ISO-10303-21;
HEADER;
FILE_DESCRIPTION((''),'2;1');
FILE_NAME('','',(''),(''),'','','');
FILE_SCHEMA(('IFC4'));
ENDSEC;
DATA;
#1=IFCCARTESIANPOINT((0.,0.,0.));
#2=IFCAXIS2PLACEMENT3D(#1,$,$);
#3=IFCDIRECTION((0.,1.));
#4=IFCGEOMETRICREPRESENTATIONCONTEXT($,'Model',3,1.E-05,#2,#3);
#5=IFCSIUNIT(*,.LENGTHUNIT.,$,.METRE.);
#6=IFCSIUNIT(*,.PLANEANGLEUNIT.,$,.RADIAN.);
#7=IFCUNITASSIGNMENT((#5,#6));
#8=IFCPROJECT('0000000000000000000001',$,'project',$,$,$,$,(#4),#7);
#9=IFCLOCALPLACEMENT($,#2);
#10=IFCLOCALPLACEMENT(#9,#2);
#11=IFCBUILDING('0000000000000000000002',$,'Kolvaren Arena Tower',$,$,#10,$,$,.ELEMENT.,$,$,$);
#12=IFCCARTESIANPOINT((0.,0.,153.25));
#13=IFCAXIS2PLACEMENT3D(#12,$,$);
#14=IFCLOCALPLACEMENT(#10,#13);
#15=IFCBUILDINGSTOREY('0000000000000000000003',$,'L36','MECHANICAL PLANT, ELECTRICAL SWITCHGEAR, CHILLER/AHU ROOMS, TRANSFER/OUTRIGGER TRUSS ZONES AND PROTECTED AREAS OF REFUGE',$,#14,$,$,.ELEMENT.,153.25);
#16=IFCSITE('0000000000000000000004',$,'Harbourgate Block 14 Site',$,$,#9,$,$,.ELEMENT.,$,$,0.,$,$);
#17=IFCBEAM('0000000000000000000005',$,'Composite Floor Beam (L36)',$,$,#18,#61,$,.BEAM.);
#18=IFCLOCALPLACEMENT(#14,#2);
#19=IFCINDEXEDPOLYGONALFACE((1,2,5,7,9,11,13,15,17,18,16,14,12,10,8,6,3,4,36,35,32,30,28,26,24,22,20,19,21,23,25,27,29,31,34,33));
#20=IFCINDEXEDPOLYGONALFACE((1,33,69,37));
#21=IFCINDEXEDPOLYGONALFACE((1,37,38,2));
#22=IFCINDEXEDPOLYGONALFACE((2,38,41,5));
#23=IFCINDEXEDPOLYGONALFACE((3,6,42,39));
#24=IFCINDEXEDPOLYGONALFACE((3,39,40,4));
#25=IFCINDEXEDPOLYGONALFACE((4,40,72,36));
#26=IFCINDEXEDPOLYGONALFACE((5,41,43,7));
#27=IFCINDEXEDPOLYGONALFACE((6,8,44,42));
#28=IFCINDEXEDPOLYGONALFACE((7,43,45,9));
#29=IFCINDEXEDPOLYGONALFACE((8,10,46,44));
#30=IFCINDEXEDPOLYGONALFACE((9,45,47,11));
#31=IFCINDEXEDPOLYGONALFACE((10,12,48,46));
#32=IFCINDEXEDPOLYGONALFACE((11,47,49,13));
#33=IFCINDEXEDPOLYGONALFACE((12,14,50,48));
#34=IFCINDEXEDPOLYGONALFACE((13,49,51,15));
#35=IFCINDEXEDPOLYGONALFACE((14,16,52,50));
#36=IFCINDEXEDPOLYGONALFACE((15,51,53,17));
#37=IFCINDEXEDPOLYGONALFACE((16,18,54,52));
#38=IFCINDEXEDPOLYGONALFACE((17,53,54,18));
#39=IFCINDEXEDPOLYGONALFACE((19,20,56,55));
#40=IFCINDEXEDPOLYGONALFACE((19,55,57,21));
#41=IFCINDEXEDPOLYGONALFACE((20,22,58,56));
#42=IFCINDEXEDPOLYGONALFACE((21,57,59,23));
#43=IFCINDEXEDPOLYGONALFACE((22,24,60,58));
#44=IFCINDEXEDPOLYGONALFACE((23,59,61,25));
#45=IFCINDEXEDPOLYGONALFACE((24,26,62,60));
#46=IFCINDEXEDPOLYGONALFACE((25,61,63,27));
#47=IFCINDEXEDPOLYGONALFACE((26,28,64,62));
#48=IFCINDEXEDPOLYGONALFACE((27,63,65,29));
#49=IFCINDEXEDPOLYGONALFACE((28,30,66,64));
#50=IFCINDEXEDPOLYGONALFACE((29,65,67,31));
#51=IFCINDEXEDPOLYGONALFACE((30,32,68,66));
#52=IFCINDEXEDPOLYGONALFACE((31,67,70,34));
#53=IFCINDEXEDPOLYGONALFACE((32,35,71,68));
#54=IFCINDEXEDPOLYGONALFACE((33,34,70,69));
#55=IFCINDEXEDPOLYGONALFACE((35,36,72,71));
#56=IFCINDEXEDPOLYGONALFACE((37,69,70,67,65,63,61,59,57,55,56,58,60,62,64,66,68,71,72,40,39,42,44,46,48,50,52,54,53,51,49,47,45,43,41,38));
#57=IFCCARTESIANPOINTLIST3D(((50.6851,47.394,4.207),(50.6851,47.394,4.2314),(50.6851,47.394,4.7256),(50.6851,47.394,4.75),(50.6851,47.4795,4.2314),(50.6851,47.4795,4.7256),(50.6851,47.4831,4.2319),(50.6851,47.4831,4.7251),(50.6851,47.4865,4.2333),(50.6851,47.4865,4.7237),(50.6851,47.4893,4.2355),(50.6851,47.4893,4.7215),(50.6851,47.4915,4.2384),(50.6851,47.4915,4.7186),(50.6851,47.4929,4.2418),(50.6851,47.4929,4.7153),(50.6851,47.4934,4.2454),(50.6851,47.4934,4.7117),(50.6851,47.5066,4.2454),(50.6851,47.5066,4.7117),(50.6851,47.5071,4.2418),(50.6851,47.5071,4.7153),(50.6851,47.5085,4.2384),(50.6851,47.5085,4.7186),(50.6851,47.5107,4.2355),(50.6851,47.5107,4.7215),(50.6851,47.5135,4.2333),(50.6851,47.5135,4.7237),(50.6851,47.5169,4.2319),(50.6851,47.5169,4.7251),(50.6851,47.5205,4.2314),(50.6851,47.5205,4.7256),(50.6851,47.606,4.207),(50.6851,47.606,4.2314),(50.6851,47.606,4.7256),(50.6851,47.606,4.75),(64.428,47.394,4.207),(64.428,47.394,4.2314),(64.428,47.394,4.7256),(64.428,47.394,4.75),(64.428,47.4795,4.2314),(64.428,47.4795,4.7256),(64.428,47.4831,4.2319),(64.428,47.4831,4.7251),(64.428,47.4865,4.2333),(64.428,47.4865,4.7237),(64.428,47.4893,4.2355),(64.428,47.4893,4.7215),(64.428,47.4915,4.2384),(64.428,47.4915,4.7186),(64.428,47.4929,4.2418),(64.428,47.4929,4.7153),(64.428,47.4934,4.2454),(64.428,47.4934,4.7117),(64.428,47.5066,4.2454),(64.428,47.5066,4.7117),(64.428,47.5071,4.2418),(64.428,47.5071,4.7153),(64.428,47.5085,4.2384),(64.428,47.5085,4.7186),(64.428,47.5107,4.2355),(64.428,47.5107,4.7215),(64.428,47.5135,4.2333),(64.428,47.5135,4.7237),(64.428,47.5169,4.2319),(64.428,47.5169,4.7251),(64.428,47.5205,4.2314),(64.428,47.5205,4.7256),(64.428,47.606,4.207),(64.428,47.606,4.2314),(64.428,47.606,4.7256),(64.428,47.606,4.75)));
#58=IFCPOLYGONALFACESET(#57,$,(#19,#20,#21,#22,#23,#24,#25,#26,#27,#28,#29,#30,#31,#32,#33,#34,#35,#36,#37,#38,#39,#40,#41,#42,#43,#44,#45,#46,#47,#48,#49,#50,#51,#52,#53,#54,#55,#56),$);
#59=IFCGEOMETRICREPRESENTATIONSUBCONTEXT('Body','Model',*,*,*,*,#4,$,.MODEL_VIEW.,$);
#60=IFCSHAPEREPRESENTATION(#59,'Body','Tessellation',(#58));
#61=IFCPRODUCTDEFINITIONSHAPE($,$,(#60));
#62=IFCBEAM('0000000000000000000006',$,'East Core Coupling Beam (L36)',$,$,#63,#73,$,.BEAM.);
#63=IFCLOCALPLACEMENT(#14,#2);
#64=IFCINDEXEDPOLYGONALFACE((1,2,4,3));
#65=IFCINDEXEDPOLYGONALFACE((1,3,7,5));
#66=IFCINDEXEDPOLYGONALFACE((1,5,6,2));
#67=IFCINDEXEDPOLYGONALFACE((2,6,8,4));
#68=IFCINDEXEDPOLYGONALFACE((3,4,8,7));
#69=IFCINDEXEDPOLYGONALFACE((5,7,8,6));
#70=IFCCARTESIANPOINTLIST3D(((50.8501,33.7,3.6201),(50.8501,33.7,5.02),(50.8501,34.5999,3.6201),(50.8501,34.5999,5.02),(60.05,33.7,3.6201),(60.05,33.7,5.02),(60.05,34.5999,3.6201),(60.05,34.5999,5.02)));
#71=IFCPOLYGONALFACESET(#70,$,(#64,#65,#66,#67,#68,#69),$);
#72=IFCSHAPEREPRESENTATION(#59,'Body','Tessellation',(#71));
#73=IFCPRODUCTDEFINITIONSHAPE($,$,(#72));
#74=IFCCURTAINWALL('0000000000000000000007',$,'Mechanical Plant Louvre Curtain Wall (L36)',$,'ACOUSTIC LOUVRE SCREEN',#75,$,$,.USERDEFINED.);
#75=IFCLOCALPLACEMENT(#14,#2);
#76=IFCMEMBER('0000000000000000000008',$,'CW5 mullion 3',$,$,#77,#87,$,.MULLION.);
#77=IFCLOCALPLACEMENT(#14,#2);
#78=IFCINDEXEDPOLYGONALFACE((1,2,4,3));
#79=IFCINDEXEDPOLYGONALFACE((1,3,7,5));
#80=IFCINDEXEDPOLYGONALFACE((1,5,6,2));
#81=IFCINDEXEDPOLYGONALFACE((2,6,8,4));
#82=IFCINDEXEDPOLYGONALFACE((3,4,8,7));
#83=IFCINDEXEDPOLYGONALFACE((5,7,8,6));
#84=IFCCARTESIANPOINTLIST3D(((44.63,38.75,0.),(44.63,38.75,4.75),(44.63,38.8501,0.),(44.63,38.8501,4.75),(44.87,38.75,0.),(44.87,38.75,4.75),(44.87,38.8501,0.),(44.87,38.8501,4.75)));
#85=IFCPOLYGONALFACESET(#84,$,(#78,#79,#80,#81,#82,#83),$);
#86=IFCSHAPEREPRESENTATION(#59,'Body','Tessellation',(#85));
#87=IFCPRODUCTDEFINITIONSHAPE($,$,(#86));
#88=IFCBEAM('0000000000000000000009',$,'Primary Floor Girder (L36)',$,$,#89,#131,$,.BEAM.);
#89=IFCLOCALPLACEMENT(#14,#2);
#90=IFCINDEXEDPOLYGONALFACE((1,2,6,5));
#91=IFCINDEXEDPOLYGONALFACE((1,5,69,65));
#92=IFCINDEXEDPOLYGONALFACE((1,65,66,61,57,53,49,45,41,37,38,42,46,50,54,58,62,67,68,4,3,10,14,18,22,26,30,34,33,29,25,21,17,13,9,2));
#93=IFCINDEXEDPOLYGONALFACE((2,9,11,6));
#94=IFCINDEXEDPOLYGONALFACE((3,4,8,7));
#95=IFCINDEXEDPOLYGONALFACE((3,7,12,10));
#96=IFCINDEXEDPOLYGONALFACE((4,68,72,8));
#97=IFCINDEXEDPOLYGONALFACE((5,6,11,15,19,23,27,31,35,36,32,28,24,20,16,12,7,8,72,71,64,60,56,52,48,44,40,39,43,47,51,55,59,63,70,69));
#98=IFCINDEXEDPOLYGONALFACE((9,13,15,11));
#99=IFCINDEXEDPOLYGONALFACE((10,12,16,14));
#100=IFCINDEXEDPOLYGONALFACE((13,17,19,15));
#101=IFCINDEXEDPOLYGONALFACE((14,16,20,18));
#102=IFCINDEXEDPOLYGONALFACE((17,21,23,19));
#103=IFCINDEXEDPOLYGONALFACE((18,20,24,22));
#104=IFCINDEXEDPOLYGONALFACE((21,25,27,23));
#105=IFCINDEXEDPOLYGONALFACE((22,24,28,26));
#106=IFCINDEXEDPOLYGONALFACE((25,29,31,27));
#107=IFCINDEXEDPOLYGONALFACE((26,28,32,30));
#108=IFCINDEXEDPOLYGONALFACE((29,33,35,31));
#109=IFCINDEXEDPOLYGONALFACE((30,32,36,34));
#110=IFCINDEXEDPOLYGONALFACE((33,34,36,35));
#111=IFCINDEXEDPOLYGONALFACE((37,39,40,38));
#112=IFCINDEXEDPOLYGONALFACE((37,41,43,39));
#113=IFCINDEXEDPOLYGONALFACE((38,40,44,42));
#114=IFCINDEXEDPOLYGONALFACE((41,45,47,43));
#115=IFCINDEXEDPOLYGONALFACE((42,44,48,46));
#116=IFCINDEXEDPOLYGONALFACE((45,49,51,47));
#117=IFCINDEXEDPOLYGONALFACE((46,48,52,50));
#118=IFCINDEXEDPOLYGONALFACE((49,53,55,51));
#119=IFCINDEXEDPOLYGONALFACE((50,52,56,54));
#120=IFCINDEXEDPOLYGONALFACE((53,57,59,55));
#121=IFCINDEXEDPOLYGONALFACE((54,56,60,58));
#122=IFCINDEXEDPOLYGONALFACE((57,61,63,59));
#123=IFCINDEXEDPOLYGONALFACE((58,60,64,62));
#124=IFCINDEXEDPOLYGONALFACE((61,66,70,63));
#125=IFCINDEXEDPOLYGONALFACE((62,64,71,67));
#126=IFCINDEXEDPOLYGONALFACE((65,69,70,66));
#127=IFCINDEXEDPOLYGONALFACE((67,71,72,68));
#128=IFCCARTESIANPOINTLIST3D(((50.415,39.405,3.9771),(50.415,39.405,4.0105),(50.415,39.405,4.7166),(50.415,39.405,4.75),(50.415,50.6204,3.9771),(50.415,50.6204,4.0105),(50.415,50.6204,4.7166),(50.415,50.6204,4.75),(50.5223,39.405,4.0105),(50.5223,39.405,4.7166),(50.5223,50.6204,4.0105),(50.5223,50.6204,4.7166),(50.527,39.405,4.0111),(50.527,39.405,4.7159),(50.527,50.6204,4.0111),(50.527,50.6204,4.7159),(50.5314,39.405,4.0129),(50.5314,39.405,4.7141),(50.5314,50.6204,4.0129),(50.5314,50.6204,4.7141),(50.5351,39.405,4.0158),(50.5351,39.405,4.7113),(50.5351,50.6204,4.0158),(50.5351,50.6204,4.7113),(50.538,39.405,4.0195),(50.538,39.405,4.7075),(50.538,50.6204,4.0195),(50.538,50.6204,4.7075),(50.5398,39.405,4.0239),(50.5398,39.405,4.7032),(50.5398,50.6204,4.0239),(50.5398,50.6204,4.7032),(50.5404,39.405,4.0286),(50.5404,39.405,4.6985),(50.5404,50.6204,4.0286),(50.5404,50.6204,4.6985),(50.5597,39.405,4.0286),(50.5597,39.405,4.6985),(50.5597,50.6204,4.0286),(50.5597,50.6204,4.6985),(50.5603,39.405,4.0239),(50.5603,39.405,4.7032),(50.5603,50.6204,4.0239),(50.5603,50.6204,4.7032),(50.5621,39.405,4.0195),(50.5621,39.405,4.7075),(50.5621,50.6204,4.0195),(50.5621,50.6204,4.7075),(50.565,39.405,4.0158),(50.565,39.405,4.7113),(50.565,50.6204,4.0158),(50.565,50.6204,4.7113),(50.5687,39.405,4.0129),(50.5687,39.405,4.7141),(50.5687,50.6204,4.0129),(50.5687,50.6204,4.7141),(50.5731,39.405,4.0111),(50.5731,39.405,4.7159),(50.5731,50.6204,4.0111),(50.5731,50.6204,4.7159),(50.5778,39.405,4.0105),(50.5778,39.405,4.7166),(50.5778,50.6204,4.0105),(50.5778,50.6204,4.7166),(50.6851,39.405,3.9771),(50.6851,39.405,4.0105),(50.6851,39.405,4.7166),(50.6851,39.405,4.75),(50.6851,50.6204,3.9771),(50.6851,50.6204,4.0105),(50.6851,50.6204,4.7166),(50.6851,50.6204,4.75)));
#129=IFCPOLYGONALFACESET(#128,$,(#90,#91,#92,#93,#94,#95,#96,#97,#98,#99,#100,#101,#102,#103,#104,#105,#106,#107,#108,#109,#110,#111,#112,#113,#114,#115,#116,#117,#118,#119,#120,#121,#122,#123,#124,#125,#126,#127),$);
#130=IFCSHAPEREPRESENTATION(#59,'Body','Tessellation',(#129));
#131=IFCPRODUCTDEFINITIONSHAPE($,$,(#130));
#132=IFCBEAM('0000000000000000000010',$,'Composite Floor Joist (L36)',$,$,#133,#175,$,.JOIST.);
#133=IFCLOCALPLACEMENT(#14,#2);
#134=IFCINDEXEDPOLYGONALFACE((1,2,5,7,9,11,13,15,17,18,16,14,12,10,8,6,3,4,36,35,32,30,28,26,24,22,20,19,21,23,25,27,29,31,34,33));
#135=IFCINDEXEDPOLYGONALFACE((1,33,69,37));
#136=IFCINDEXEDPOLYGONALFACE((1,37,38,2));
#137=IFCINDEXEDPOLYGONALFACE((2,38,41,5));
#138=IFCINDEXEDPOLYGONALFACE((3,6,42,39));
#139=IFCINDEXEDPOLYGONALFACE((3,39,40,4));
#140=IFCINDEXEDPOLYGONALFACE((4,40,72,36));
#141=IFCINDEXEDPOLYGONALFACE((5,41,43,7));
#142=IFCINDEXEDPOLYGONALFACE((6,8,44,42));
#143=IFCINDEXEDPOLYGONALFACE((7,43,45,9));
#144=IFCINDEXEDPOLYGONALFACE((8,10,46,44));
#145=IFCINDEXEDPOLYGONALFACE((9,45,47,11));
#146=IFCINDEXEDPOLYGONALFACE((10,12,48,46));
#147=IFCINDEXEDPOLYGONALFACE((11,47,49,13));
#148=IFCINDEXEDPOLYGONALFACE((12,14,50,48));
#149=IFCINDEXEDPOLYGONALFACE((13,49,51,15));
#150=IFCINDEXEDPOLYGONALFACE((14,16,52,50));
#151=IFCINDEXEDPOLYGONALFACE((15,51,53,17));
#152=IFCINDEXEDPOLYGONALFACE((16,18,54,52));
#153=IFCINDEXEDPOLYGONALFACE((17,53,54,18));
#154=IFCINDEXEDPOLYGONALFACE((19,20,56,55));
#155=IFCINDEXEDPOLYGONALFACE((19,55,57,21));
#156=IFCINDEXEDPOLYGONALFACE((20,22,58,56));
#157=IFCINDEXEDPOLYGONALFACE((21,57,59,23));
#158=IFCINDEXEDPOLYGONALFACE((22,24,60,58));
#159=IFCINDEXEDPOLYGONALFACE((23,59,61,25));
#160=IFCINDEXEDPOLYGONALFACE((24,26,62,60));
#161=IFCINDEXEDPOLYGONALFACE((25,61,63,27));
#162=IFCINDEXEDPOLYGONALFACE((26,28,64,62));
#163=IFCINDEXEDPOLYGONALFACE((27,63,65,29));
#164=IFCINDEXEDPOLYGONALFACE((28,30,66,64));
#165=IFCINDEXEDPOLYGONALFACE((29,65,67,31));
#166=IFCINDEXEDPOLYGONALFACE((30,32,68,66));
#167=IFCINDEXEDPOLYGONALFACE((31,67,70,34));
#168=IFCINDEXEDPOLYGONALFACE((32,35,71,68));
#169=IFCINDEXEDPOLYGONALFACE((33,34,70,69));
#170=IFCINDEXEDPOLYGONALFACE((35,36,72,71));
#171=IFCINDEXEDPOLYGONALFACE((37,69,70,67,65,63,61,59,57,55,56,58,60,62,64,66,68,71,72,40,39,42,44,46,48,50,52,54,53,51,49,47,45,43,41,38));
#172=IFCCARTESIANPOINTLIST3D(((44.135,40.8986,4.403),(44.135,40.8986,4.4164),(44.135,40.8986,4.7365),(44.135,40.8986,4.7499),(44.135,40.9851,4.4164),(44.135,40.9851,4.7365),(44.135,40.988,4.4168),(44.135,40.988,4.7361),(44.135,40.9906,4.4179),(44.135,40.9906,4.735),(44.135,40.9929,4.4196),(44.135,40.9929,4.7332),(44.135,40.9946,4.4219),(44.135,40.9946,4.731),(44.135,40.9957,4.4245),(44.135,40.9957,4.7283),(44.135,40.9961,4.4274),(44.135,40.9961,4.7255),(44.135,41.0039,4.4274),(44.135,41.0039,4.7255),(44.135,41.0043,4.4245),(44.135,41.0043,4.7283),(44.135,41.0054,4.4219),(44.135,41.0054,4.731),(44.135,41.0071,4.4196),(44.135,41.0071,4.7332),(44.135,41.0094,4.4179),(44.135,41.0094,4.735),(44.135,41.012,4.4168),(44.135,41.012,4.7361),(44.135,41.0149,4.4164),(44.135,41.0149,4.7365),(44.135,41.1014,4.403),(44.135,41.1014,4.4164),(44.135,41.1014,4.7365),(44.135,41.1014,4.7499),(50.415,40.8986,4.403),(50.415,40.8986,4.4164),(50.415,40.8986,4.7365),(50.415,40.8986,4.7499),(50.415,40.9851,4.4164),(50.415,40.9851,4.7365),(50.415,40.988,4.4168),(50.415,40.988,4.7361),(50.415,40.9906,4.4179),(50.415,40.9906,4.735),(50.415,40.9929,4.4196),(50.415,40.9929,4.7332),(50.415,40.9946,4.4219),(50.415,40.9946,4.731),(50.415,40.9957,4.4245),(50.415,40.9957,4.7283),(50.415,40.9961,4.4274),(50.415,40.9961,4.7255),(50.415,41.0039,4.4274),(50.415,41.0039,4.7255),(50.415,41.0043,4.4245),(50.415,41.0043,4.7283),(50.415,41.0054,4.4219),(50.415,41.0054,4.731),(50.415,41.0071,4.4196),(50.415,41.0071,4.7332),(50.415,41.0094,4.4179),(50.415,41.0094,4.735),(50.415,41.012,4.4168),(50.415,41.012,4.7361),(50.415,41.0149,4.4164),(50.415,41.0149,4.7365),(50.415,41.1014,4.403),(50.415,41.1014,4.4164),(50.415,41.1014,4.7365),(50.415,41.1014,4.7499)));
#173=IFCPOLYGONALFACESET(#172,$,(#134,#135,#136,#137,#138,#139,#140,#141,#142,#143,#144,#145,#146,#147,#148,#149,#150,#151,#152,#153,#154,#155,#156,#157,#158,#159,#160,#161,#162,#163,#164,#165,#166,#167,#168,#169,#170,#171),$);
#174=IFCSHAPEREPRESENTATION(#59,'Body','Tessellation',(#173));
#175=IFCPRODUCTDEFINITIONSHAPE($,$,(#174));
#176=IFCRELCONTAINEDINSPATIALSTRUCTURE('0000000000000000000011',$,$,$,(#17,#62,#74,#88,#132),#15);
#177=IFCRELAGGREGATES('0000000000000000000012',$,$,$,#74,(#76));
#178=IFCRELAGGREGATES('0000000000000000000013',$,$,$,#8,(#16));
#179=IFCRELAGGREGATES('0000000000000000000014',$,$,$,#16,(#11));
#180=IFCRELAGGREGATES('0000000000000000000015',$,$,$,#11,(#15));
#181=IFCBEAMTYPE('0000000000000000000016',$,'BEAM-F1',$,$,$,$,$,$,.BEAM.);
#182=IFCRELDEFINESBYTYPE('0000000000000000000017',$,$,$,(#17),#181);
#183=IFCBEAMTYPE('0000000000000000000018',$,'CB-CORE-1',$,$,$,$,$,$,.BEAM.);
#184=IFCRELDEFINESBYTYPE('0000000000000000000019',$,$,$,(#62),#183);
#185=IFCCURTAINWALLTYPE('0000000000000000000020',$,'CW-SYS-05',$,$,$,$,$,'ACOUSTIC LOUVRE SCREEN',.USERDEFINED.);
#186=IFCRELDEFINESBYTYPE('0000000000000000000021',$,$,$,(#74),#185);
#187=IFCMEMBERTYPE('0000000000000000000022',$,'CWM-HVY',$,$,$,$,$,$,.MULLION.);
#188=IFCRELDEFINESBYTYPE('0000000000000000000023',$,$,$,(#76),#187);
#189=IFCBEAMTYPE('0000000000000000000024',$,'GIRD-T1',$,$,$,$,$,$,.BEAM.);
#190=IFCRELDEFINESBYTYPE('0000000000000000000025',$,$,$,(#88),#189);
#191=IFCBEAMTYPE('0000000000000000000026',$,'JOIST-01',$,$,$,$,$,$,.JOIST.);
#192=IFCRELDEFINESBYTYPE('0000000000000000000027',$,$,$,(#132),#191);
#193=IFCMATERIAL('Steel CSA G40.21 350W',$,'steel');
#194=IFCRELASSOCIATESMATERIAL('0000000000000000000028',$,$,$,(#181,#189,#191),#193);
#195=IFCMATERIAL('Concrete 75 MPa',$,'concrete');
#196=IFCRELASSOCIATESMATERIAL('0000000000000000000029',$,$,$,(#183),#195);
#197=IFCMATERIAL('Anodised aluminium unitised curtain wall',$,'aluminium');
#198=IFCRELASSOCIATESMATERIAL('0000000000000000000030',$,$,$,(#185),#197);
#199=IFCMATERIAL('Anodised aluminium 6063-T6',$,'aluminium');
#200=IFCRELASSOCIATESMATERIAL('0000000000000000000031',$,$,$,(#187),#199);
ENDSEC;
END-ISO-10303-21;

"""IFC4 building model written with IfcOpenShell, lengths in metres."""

from ifc_helpers import new_model, si_unit, direction, frame, origin, origin_2d, place, context, subcontext, project, spatial, rectangle, i_section, extrude, material, material_profile, profile_set, type_object, element, aggregate, save


model = new_model("IFC4")

# Units and contexts
model_context = context("Model", 3, precision=1e-05, world=origin(), true_north=direction((0.0, 1.0)))
body_context = subcontext(model_context, "Body", "Model", "MODEL_VIEW")
ifc_project = project(units=[si_unit("LENGTHUNIT", "METRE"), si_unit("PLANEANGLEUNIT", "RADIAN")], contexts=[model_context])

# Site, building, storey
site_placement = place(None, origin())
site = spatial("IfcSite", under=ifc_project, at=site_placement, Name="Harbourgate Block 14 Site", CompositionType="ELEMENT", RefElevation=0.0)
building_placement = place(site_placement, origin())
building = spatial("IfcBuilding", under=site, at=building_placement, Name="Kolvaren Arena Tower", CompositionType="ELEMENT")
storey_placement = place(building_placement, frame((0.0, 0.0, 153.25)))
storey = spatial("IfcBuildingStorey", under=building, at=storey_placement, Name="L36", Description="MECHANICAL PLANT, ELECTRICAL SWITCHGEAR, CHILLER/AHU ROOMS, TRANSFER/OUTRIGGER TRUSS ZONES AND PROTECTED AREAS OF REFUGE", CompositionType="ELEMENT", Elevation=153.25)

# Beams
ifc_material_1 = material(Name="Steel CSA G40.21 350W", Category="steel")
ifc_material_profile_1 = material_profile(ifc_material_1, i_section(OverallWidth=0.2119, OverallDepth=0.543, WebThickness=0.0132, FlangeThickness=0.0244, FilletRadius=0.0139, at=origin_2d()), Name="W530x150")
ifc_profile_set_1 = profile_set([ifc_material_profile_1], Name="Steel CSA G40.21 350W")
beam_type_1 = type_object("IfcBeamType", Name="BEAM-F1", PredefinedType="BEAM", material=ifc_profile_set_1)
beam_1_placement = place(storey_placement, frame((50.6851, 47.5, 4.4785), z_axis=(1.0, 0.0, 0.0), x_axis=(0.0, 1.0, 0.0)))
element("IfcBeam", 1, at=beam_1_placement, inside=storey, type_object=beam_type_1, Name="Composite Floor Beam (L36)", PredefinedType="BEAM", context=body_context, shape_type="SweptSolid", body=[
    extrude(i_section(OverallWidth=0.2119, OverallDepth=0.543, WebThickness=0.0132, FlangeThickness=0.0244, FilletRadius=0.0139, at=origin_2d()), origin(), (0.0, 0.0, 1.0), 13.7429),
])
ifc_material_2 = material(Name="Concrete 75 MPa", Category="concrete")
ifc_material_profile_2 = material_profile(ifc_material_2, rectangle(XDim=0.8999, YDim=1.3999, at=origin_2d()), Name="RC-900x1400")
ifc_profile_set_2 = profile_set([ifc_material_profile_2], Name="Concrete 75 MPa")
beam_type_2 = type_object("IfcBeamType", Name="CB-CORE-1", PredefinedType="BEAM", material=ifc_profile_set_2)
beam_2_placement = place(storey_placement, frame((50.8501, 34.1499, 4.3201), z_axis=(1.0, 0.0, 0.0), x_axis=(0.0, 1.0, 0.0)))
element("IfcBeam", 2, at=beam_2_placement, inside=storey, type_object=beam_type_2, Name="East Core Coupling Beam (L36)", PredefinedType="BEAM", context=body_context, shape_type="SweptSolid", body=[
    extrude(rectangle(XDim=0.8999, YDim=1.3999, at=origin_2d()), origin(), (0.0, 0.0, 1.0), 9.2),
])

# Curtain wall, member
ifc_material_3 = material(Name="Anodised aluminium unitised curtain wall", Category="aluminium")
curtain_wall_type = type_object("IfcCurtainWallType", Name="CW-SYS-05", ElementType="ACOUSTIC LOUVRE SCREEN", PredefinedType="USERDEFINED", material=ifc_material_3)
curtain_wall_placement = place(storey_placement, origin())
curtain_wall = element("IfcCurtainWall", 3, at=curtain_wall_placement, inside=storey, type_object=curtain_wall_type, Name="Mechanical Plant Louvre Curtain Wall (L36)", ObjectType="ACOUSTIC LOUVRE SCREEN", PredefinedType="USERDEFINED")
ifc_material_4 = material(Name="Anodised aluminium 6063-T6", Category="aluminium")
ifc_material_profile_3 = material_profile(ifc_material_4, rectangle(XDim=0.1001, YDim=0.24, at=origin_2d()), Name="ALU-100x240")
ifc_profile_set_3 = profile_set([ifc_material_profile_3], Name="Anodised aluminium 6063-T6")
member_type = type_object("IfcMemberType", Name="CWM-HVY", PredefinedType="MULLION", material=ifc_profile_set_3)
member_placement = place(storey_placement, frame((44.75, 38.8, 0.0), z_axis=(0.0, 0.0, 1.0), x_axis=(0.0, 1.0, 0.0)))
member = element("IfcMember", 4, at=member_placement, type_object=member_type, Name="CW5 mullion 3", PredefinedType="MULLION", context=body_context, shape_type="SweptSolid", body=[
    extrude(rectangle(XDim=0.1001, YDim=0.24, at=origin_2d()), origin(), (0.0, 0.0, 1.0), 4.75),
])
aggregate(curtain_wall, [member])

# Beams
ifc_material_profile_4 = material_profile(ifc_material_1, i_section(OverallWidth=0.27, OverallDepth=0.7729, WebThickness=0.0193, FlangeThickness=0.0334, FilletRadius=0.0181, at=origin_2d()), Name="W760x257")
ifc_profile_set_4 = profile_set([ifc_material_profile_4], Name="Steel CSA G40.21 350W")
beam_type_3 = type_object("IfcBeamType", Name="GIRD-T1", PredefinedType="BEAM", material=ifc_profile_set_4)
beam_3_placement = place(storey_placement, frame((50.55, 39.405, 4.3635), z_axis=(0.0, 1.0, 0.0), x_axis=(-1.0, 0.0, 0.0)))
element("IfcBeam", 5, at=beam_3_placement, inside=storey, type_object=beam_type_3, Name="Primary Floor Girder (L36)", PredefinedType="BEAM", context=body_context, shape_type="SweptSolid", body=[
    extrude(i_section(OverallWidth=0.27, OverallDepth=0.7729, WebThickness=0.0193, FlangeThickness=0.0334, FilletRadius=0.0181, at=origin_2d()), origin(), (0.0, 0.0, 1.0), 11.2153),
])
ifc_material_profile_5 = material_profile(ifc_material_1, i_section(OverallWidth=0.2029, OverallDepth=0.3469, WebThickness=0.0078, FlangeThickness=0.0134, FilletRadius=0.011, at=origin_2d()), Name="W360x64")
ifc_profile_set_5 = profile_set([ifc_material_profile_5], Name="Steel CSA G40.21 350W")
beam_type_4 = type_object("IfcBeamType", Name="JOIST-01", PredefinedType="JOIST", material=ifc_profile_set_5)
for number, where, z_axis, x_axis, name in (
    (6, (44.135, 41.0, 4.5764), (1.0, 0.0, 0.0), (0.0, 1.0, 0.0), "Composite Floor Joist (L36)"),
):
    element("IfcBeam", number, at=place(storey_placement, frame(where, z_axis=z_axis, x_axis=x_axis)), inside=storey, type_object=beam_type_4, Name=name, PredefinedType="JOIST", context=body_context, shape_type="SweptSolid", body=[
        extrude(i_section(OverallWidth=0.2029, OverallDepth=0.3469, WebThickness=0.0078, FlangeThickness=0.0134, FilletRadius=0.011, at=origin_2d()), origin(), (0.0, 0.0, 1.0), 6.28),
    ])

save(model, "model.ifc")
